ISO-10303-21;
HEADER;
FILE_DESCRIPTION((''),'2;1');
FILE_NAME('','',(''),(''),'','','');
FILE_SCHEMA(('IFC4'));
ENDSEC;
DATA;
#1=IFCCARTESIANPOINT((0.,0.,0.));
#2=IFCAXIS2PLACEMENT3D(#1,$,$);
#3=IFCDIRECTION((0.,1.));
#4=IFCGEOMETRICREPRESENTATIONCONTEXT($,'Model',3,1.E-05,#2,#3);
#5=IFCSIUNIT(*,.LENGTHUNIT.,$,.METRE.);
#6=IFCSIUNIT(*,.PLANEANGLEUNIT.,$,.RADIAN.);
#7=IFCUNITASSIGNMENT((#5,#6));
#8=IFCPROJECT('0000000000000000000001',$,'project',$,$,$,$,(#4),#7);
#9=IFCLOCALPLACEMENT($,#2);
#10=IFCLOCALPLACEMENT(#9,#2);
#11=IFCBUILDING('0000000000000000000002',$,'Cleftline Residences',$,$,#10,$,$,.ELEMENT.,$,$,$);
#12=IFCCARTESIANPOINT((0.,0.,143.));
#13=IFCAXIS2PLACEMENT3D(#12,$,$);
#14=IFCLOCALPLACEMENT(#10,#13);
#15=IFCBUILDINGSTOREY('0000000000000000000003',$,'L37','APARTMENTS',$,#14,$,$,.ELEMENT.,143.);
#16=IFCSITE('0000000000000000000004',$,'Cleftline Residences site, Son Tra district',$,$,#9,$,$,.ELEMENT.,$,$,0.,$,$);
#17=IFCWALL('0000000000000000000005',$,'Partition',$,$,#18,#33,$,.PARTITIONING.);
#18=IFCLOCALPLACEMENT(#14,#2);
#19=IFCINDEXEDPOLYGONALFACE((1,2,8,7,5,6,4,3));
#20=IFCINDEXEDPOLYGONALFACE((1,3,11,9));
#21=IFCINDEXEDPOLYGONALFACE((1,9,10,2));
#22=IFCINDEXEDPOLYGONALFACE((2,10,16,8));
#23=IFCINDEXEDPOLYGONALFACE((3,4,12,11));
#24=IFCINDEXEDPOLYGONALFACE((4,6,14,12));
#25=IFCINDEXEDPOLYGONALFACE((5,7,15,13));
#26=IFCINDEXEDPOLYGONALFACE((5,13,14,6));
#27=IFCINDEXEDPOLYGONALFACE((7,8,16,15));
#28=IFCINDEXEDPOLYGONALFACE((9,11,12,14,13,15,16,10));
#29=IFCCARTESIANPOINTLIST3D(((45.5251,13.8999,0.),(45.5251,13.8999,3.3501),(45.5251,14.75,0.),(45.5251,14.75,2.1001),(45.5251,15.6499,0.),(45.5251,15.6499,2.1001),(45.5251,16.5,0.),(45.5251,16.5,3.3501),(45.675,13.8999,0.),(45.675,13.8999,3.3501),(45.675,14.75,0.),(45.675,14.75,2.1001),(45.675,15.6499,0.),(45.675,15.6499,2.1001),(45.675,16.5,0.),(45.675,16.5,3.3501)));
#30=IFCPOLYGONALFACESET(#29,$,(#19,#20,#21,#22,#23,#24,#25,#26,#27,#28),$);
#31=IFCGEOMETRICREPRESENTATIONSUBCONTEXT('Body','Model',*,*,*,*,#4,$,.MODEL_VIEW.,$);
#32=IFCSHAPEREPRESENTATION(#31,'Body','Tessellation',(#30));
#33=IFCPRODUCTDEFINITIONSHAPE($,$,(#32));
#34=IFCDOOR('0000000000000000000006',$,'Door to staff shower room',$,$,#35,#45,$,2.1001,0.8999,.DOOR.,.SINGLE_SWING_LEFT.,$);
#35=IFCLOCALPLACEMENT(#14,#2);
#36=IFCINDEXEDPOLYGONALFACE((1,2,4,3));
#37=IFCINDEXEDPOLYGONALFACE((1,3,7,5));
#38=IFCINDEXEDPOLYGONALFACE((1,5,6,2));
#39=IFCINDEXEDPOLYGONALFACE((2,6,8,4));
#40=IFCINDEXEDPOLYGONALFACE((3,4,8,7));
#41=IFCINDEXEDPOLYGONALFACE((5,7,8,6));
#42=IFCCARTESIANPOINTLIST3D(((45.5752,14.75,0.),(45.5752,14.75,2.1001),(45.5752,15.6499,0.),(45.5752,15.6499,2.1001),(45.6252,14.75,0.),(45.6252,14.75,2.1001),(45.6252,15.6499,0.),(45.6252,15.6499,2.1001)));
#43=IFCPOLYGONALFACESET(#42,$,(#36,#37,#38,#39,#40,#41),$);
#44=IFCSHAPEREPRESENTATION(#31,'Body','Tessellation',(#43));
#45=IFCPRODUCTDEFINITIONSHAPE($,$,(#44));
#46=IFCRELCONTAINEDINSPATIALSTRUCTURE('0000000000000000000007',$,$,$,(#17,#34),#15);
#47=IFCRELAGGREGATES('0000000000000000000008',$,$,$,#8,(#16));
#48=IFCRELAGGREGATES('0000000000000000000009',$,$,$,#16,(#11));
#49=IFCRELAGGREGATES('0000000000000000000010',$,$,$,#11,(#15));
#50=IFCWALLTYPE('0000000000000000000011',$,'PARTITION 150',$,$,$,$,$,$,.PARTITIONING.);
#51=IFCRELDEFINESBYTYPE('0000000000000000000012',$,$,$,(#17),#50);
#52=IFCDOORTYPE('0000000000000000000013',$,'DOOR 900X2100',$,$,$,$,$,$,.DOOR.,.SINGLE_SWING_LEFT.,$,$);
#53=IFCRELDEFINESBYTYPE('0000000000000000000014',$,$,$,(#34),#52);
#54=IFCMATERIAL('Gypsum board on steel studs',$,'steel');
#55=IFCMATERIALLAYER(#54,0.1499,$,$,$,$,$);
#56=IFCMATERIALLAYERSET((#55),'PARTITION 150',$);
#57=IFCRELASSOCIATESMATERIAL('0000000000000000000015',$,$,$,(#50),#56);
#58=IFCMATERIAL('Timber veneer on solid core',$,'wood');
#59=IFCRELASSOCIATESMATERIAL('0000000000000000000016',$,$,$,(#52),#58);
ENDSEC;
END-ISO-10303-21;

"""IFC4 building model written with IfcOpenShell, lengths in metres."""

from ifc_helpers import new_model, si_unit, direction, frame, frame_2d, origin, place, context, subcontext, project, spatial, rectangle, extrude, material, layer, layer_set, type_object, element, fill, save


model = new_model("IFC4")

# Units and contexts
model_context = context("Model", 3, precision=1e-05, world=origin(), true_north=direction((0.0, 1.0)))
body_context = subcontext(model_context, "Body", "Model", "MODEL_VIEW")
ifc_project = project(units=[si_unit("LENGTHUNIT", "METRE"), si_unit("PLANEANGLEUNIT", "RADIAN")], contexts=[model_context])

# Site, building, storey
site_placement = place(None, origin())
site = spatial("IfcSite", under=ifc_project, at=site_placement, Name="Cleftline Residences site, Son Tra district", CompositionType="ELEMENT", RefElevation=0.0)
building_placement = place(site_placement, origin())
building = spatial("IfcBuilding", under=site, at=building_placement, Name="Cleftline Residences", CompositionType="ELEMENT")
storey_placement = place(building_placement, frame((0.0, 0.0, 143.0)))
storey = spatial("IfcBuildingStorey", under=building, at=storey_placement, Name="L37", Description="APARTMENTS", CompositionType="ELEMENT", Elevation=143.0)

# Shared definitions
ifc_material_1 = material(Name="Gypsum board on steel studs", Category="steel")
ifc_layer_1 = layer(ifc_material_1, 0.1499)
ifc_layer_set_1 = layer_set([ifc_layer_1], Name="PARTITION 150")
wall_type_1 = type_object("IfcWallType", Name="PARTITION 150", PredefinedType="PARTITIONING", material=ifc_layer_set_1)

# Wall, opening, door
wall_1_placement = place(storey_placement, frame((45.6001, 13.8999, 0.0), z_axis=(0.0, 0.0, 1.0), x_axis=(0.0, 1.0, 0.0)))
wall_1 = element("IfcWall", 1, at=wall_1_placement, inside=storey, type_object=wall_type_1, Name="Partition", PredefinedType="PARTITIONING", context=body_context, shape_type="SweptSolid", body=[
    extrude(rectangle(XDim=2.6001, YDim=0.1499, at=frame_2d((1.3, 0.0))), origin(), (0.0, 0.0, 1.0), 3.3501),
])
opening_1_placement = place(wall_1_placement, frame((0.8501, 0.0, 0.0)))
opening_1 = element("IfcOpeningElement", 2, at=opening_1_placement, cuts=wall_1, PredefinedType="OPENING", context=body_context, shape_type="SweptSolid", body=[
    extrude(rectangle(XDim=0.8999, YDim=2.1001, at=frame_2d((0.45, 1.05))), frame((0.0, 0.085, 0.0), z_axis=(0.0, -1.0, 0.0), x_axis=(1.0, 0.0, 0.0)), (0.0, 0.0, 1.0), 0.1699),
])
ifc_material_2 = material(Name="Timber veneer on solid core", Category="wood")
door_type_1 = type_object("IfcDoorType", Name="DOOR 900X2100", OperationType="SINGLE_SWING_LEFT", PredefinedType="DOOR", material=ifc_material_2)
door_1_placement = place(opening_1_placement, origin())
door_1 = element("IfcDoor", 3, at=door_1_placement, inside=storey, type_object=door_type_1, Name="Door to staff shower room", OperationType="SINGLE_SWING_LEFT", OverallHeight=2.1001, OverallWidth=0.8999, PredefinedType="DOOR", context=body_context, shape_type="SweptSolid", body=[
    extrude(rectangle(XDim=0.8999, YDim=2.1001, at=frame_2d((0.45, 1.05))), frame((0.0, 0.0249, 0.0), z_axis=(0.0, -1.0, 0.0), x_axis=(1.0, 0.0, 0.0)), (0.0, 0.0, 1.0), 0.05),
])
fill(opening_1, door_1)

save(model, "model.ifc")
